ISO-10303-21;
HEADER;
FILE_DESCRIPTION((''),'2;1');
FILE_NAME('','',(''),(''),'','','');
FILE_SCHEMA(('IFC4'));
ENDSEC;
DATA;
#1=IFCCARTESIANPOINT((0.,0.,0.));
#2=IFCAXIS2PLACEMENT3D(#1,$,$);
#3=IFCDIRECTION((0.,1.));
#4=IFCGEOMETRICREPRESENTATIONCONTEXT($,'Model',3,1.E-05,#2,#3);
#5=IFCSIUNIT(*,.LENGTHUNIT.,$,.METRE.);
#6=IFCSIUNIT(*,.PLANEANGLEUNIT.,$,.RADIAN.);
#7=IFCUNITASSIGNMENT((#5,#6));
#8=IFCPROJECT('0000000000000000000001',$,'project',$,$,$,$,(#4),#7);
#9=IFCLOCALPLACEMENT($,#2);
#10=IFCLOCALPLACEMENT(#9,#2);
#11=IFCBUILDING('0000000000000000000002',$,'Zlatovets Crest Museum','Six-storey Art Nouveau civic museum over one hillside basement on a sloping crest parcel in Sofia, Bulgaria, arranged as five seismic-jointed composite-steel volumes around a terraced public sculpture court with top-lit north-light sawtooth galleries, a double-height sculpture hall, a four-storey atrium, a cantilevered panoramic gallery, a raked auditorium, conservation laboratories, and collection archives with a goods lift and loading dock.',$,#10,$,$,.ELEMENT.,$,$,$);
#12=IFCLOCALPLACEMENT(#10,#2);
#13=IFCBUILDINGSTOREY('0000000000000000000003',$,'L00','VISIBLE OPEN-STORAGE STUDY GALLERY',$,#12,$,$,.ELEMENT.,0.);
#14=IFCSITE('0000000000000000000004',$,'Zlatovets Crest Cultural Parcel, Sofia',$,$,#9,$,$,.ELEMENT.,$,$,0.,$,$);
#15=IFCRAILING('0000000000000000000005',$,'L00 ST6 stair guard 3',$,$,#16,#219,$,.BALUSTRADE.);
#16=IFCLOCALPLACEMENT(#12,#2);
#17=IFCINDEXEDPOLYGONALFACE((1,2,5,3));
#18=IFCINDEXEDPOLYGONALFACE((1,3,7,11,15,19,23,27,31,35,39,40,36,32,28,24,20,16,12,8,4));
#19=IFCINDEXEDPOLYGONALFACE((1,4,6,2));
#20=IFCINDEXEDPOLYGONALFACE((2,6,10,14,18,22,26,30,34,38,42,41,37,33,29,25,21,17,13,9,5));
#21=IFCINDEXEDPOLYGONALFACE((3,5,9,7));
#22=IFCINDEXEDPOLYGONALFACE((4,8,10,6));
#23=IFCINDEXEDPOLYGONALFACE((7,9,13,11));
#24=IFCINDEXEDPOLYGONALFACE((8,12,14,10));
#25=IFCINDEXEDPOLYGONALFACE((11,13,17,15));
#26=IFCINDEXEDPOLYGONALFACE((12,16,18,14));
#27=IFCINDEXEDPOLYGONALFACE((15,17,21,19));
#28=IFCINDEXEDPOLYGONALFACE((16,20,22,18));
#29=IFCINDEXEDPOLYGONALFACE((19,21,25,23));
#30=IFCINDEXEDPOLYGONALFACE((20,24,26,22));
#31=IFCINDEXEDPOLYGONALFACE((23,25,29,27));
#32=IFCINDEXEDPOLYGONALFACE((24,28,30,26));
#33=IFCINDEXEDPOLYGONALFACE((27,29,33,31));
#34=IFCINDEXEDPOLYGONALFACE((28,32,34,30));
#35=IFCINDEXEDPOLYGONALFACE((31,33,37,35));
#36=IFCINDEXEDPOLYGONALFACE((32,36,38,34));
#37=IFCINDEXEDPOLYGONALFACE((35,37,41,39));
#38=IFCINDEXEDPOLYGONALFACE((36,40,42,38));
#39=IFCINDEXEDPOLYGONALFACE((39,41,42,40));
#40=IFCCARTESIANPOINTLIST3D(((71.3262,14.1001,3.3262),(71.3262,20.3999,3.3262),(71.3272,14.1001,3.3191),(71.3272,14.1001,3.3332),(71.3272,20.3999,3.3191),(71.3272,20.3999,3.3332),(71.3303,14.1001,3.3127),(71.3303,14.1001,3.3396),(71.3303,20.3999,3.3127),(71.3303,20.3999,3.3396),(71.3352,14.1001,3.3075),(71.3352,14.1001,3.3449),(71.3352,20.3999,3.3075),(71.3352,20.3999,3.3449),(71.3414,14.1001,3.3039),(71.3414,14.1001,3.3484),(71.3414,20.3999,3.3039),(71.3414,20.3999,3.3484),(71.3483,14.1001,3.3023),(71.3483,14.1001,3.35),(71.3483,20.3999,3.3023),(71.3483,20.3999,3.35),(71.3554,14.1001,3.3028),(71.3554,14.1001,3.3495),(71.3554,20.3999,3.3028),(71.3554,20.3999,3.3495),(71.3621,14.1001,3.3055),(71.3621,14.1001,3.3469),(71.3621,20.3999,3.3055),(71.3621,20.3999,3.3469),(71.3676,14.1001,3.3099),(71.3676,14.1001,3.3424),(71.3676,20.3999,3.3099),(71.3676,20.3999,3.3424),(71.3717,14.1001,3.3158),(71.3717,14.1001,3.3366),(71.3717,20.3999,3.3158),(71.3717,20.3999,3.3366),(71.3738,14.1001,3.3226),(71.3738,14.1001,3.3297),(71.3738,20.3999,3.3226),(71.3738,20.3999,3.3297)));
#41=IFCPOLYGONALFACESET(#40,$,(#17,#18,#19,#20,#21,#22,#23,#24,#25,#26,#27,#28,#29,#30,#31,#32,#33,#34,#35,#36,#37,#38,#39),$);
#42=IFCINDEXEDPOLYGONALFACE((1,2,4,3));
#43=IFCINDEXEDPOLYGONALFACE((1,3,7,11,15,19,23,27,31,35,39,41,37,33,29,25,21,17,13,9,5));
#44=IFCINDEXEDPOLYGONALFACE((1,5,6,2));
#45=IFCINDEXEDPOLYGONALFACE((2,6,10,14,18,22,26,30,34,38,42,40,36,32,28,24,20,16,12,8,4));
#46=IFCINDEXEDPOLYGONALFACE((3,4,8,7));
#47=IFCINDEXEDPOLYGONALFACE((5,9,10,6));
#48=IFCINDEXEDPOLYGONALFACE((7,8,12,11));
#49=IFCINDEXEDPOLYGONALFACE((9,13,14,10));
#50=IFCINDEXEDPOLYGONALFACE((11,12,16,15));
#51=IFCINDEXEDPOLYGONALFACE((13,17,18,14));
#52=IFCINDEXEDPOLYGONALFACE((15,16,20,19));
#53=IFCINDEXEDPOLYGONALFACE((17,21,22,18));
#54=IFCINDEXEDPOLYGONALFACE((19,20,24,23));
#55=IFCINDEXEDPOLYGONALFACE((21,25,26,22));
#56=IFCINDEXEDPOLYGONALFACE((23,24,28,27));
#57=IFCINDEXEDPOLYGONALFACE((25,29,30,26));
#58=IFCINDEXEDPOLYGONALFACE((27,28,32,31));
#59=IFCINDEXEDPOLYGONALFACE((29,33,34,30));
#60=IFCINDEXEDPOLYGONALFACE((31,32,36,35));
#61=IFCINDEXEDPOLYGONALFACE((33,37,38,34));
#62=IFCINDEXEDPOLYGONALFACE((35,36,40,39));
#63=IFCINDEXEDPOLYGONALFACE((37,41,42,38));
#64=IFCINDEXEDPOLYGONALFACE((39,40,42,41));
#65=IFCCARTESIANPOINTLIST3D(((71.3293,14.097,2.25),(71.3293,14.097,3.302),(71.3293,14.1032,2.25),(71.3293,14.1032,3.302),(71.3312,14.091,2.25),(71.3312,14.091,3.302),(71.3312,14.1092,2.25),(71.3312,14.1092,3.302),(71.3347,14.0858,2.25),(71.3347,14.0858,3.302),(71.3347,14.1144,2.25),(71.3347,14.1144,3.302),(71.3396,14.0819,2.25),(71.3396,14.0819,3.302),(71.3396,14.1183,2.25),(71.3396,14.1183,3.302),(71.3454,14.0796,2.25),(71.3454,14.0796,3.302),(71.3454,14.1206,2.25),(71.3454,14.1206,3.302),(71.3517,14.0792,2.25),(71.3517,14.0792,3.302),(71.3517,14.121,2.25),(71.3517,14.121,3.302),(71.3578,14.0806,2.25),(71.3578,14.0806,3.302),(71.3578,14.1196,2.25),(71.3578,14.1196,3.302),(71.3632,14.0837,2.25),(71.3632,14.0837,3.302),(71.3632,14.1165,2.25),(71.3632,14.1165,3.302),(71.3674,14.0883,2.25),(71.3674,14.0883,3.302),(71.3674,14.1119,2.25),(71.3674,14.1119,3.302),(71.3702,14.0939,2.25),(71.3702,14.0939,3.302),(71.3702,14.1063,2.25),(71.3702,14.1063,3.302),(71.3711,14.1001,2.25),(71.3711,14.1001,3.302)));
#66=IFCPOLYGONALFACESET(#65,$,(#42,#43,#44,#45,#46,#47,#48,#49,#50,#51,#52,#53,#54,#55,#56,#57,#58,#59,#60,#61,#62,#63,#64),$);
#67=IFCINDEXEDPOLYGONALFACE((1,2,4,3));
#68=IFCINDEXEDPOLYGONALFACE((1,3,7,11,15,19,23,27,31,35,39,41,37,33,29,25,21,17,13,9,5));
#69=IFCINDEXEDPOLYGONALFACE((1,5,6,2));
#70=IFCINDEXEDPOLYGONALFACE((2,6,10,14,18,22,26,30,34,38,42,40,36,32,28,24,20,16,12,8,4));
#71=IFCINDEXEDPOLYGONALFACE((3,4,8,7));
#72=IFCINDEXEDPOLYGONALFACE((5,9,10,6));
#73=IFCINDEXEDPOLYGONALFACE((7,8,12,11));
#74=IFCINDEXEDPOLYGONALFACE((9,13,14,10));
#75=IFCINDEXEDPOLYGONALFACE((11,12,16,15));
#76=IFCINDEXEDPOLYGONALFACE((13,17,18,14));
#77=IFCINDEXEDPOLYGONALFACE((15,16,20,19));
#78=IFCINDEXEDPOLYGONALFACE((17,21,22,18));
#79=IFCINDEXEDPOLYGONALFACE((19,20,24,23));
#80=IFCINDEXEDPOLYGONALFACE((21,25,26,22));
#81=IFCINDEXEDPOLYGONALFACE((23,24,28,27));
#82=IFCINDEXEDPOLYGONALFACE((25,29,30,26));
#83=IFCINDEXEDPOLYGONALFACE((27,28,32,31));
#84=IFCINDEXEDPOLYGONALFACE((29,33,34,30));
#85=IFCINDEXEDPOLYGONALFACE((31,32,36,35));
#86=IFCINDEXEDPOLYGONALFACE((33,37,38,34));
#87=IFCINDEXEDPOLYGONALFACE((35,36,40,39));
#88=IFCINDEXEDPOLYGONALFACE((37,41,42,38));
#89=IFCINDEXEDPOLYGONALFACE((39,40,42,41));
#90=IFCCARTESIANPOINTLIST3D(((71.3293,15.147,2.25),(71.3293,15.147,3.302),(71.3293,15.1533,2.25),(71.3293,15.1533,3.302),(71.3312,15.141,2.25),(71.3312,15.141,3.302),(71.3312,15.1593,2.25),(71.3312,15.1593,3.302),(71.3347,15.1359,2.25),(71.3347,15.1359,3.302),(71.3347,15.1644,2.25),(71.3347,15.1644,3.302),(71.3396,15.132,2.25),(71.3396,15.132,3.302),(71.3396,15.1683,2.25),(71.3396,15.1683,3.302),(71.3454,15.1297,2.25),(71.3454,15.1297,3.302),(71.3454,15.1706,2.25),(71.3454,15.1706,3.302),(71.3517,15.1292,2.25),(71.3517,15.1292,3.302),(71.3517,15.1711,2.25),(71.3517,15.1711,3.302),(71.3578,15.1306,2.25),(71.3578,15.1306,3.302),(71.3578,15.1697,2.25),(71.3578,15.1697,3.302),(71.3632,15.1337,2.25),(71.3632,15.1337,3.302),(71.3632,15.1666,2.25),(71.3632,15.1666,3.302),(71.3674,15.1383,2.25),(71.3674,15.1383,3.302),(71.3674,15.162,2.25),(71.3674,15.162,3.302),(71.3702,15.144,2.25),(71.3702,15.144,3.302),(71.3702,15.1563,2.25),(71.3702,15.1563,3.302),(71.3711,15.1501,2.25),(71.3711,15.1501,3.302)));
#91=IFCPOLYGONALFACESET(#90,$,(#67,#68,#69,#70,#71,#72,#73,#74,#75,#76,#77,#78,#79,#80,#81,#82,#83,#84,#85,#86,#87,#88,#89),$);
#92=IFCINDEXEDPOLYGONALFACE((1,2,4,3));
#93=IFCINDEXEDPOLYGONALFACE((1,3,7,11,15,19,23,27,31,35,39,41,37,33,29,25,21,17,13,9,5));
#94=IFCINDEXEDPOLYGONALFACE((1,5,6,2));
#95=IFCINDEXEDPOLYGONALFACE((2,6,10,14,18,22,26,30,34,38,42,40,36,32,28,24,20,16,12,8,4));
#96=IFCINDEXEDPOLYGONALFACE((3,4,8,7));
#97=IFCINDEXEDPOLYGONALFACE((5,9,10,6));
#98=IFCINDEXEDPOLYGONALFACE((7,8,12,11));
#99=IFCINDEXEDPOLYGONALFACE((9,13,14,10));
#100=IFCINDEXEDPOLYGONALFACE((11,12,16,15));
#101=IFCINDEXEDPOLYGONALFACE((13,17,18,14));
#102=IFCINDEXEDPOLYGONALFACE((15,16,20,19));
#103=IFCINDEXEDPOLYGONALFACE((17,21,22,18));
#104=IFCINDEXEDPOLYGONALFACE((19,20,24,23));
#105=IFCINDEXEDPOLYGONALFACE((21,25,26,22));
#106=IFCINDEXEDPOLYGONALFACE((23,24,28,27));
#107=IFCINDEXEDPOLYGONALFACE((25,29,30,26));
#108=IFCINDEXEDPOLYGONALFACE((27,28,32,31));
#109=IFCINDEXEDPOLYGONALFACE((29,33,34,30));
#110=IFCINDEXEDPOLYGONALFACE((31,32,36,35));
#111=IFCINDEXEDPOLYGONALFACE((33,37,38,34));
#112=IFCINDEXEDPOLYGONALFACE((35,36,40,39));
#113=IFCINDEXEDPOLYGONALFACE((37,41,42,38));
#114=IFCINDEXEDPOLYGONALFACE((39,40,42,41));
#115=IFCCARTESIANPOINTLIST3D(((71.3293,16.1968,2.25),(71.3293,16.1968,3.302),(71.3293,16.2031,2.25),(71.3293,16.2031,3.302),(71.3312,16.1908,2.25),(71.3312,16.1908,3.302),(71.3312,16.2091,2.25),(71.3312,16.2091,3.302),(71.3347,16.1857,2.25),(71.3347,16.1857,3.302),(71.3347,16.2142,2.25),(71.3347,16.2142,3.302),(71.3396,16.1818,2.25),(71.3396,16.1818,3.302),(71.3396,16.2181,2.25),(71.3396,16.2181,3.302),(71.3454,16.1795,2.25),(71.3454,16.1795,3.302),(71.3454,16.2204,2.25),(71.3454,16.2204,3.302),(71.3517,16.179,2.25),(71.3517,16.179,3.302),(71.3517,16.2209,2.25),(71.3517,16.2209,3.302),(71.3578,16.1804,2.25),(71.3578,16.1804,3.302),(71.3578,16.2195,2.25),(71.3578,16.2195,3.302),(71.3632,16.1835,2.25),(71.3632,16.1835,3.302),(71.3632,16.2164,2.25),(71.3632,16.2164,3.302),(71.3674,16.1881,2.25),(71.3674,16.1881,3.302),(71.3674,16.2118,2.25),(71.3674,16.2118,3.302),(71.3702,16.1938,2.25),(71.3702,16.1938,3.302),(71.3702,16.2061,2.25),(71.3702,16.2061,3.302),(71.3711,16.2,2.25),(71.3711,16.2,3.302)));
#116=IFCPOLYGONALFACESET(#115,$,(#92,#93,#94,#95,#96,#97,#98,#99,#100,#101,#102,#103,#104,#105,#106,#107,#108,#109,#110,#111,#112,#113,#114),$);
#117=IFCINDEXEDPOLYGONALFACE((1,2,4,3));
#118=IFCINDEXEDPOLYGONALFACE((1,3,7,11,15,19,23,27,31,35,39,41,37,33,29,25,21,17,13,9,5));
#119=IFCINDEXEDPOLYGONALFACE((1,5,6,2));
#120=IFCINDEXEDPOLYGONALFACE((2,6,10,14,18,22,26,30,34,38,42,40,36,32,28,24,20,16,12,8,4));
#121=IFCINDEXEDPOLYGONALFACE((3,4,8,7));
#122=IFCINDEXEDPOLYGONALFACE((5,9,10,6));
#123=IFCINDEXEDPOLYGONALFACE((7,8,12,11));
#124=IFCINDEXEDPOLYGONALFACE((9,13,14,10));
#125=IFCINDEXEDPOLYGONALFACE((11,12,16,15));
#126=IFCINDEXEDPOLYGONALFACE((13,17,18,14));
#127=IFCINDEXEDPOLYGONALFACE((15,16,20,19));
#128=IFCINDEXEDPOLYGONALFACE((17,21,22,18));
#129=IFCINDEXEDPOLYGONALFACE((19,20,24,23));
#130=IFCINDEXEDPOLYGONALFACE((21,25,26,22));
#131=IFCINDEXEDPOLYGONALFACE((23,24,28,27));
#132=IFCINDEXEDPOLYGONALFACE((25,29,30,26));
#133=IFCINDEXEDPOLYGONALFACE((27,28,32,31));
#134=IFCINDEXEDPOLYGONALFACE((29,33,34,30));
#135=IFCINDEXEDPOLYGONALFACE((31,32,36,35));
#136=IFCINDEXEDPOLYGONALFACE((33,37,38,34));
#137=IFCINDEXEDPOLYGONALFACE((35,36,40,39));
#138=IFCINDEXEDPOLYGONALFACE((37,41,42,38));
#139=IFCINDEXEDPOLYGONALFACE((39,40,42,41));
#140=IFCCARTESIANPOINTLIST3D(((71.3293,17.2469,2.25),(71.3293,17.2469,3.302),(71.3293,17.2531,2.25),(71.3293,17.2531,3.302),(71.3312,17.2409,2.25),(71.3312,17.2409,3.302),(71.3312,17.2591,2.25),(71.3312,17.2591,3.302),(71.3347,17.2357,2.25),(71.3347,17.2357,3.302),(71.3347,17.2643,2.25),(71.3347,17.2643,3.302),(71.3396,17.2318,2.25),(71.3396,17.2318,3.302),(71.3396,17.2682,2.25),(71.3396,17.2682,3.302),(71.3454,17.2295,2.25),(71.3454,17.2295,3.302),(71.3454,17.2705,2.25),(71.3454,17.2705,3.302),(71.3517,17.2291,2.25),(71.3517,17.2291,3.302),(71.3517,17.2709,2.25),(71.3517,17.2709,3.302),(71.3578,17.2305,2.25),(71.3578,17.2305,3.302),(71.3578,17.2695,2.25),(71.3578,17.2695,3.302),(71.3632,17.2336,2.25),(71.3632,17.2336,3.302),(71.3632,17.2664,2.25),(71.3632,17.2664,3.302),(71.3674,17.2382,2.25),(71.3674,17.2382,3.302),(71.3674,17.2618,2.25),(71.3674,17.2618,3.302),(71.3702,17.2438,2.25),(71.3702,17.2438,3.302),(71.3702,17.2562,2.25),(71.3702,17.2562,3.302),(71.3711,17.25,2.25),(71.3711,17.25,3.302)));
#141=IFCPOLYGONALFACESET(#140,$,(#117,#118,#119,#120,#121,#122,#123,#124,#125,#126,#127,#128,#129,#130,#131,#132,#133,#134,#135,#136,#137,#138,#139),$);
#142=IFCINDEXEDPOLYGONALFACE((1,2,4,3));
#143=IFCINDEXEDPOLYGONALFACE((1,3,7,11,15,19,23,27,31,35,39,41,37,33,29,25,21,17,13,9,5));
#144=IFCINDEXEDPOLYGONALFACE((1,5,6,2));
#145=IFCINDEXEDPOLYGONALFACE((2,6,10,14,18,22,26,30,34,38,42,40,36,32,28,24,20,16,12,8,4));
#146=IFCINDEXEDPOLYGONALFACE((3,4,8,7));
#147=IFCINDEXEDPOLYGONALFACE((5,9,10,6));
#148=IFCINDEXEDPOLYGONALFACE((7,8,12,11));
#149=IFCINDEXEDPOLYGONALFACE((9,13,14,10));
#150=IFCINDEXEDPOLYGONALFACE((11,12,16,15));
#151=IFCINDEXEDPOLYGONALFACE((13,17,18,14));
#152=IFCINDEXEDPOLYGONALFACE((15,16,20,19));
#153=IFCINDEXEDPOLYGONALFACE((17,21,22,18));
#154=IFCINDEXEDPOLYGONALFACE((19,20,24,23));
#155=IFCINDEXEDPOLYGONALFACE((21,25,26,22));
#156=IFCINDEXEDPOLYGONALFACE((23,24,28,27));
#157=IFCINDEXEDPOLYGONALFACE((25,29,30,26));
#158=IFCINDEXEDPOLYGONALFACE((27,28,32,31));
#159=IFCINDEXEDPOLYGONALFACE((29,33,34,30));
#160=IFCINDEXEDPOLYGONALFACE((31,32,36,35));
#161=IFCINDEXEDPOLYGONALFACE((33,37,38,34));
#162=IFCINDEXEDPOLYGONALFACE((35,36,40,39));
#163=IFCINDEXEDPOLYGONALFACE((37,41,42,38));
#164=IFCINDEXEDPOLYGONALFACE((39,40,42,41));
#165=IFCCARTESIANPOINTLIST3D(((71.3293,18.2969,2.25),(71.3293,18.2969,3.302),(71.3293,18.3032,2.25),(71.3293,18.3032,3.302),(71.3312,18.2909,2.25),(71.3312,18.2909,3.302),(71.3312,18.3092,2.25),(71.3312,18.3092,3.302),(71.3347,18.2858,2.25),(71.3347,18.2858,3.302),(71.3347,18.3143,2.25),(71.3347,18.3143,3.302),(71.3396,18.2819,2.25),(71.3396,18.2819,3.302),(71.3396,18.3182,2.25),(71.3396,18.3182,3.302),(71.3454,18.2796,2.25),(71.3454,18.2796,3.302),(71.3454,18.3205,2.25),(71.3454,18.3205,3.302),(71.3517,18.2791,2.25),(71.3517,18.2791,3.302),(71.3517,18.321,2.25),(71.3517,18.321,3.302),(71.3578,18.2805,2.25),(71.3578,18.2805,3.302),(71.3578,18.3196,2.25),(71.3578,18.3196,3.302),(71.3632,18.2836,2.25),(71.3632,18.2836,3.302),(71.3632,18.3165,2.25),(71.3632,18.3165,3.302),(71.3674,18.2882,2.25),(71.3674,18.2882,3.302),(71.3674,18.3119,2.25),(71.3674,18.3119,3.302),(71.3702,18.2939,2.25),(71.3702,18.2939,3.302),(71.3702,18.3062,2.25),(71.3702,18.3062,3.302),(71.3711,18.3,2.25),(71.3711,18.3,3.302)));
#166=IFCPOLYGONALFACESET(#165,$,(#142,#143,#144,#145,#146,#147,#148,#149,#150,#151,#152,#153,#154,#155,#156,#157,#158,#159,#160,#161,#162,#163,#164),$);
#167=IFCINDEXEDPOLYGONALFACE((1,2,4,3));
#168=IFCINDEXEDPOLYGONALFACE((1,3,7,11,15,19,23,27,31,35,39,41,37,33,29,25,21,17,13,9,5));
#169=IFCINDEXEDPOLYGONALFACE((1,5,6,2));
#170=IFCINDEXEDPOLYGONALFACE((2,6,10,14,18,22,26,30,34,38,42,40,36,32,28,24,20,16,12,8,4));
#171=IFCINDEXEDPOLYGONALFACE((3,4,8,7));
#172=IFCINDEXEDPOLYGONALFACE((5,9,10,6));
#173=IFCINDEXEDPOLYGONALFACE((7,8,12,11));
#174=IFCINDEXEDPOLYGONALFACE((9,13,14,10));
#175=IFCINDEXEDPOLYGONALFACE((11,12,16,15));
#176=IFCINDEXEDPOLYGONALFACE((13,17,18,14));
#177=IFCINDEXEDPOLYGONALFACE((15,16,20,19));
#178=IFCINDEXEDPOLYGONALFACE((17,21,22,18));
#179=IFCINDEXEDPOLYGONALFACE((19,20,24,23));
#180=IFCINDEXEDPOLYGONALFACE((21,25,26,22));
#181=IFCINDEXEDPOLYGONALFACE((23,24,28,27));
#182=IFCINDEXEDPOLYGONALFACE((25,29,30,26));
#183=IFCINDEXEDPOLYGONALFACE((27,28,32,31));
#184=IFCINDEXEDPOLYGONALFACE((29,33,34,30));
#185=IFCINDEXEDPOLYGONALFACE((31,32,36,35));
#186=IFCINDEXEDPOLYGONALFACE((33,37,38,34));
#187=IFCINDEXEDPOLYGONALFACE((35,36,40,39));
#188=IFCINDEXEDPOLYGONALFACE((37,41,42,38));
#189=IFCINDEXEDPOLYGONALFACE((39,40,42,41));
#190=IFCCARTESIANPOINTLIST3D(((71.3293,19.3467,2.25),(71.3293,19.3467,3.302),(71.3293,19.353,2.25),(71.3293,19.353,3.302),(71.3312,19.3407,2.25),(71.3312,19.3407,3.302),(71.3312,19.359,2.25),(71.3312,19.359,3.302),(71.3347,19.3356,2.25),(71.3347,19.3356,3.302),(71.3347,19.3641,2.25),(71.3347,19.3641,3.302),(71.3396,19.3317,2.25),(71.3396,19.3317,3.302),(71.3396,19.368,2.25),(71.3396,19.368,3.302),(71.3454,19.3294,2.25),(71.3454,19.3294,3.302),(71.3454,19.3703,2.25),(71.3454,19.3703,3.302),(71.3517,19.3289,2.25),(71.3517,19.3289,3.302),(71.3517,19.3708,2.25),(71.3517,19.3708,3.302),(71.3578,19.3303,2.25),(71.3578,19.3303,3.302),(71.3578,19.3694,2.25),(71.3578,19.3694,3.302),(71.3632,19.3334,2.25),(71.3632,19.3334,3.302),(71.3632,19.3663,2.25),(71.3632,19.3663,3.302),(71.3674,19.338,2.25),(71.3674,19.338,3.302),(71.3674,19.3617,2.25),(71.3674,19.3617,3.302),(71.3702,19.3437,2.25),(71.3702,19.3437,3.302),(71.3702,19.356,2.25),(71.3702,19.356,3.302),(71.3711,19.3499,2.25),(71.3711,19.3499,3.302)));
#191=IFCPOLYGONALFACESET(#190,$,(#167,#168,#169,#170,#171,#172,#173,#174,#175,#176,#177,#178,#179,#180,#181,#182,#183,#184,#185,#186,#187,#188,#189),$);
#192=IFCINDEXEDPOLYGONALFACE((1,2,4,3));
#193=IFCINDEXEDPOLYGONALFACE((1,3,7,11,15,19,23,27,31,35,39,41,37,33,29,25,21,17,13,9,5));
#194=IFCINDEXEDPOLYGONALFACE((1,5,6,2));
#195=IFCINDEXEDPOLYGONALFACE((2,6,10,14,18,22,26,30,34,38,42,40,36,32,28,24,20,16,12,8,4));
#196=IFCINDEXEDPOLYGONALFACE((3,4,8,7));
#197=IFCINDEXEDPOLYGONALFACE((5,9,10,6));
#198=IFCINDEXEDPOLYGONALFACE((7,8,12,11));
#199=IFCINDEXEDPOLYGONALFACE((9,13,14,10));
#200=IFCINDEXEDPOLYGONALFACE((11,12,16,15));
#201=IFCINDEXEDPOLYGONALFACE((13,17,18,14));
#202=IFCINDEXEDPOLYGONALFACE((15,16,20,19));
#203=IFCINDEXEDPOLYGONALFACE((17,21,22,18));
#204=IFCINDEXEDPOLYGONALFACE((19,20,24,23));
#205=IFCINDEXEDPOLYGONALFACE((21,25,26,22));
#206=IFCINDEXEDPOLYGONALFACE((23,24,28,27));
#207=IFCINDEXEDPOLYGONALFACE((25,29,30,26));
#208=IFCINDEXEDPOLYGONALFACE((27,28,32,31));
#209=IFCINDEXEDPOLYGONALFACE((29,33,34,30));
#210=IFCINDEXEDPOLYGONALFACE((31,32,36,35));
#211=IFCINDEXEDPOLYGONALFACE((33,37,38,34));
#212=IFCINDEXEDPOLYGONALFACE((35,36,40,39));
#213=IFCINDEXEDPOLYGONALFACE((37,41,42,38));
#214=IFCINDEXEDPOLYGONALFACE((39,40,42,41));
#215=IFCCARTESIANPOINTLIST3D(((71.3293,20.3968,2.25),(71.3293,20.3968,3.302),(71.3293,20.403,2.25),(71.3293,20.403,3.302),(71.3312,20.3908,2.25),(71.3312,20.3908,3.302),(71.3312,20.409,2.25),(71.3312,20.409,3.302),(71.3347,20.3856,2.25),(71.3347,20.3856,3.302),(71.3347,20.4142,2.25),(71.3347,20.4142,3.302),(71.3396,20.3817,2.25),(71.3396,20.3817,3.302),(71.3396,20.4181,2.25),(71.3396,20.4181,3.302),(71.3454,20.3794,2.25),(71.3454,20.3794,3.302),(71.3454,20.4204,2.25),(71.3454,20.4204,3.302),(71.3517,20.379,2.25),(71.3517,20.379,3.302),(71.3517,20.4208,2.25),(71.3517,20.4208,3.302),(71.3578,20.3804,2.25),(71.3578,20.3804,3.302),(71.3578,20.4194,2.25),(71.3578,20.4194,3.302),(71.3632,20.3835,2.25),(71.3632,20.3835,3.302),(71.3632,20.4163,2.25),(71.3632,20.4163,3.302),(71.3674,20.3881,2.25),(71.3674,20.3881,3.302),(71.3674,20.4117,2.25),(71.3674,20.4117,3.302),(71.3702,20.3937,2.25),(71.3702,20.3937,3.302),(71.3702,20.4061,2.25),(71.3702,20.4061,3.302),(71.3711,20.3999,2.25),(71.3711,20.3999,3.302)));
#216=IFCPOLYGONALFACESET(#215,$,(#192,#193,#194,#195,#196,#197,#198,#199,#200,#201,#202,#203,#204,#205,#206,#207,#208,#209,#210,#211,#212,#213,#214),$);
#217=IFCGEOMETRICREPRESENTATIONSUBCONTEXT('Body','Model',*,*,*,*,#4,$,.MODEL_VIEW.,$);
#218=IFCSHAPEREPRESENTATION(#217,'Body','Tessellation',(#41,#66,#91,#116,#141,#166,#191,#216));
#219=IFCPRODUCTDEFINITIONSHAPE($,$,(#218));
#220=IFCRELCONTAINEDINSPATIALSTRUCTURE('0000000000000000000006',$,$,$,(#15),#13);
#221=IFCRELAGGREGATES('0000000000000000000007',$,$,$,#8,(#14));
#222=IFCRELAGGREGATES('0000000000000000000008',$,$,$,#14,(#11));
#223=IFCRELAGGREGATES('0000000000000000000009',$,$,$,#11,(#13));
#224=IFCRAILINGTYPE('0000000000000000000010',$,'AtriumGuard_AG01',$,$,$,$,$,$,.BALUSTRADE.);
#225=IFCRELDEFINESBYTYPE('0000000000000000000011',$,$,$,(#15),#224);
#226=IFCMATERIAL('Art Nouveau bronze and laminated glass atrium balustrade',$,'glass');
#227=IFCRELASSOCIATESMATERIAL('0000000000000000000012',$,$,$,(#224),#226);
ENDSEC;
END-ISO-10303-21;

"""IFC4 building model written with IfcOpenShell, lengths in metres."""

from ifc_helpers import new_model, si_unit, direction, frame, origin, origin_2d, place, context, subcontext, project, spatial, circle, extrude, material, type_object, element, save


model = new_model("IFC4")

# Units and contexts
model_context = context("Model", 3, precision=1e-05, world=origin(), true_north=direction((0.0, 1.0)))
body_context = subcontext(model_context, "Body", "Model", "MODEL_VIEW")
ifc_project = project(units=[si_unit("LENGTHUNIT", "METRE"), si_unit("PLANEANGLEUNIT", "RADIAN")], contexts=[model_context])

# Site, building, storey
site_placement = place(None, origin())
site = spatial("IfcSite", under=ifc_project, at=site_placement, Name="Zlatovets Crest Cultural Parcel, Sofia", CompositionType="ELEMENT", RefElevation=0.0)
building_placement = place(site_placement, origin())
building = spatial("IfcBuilding", under=site, at=building_placement, Name="Zlatovets Crest Museum", Description="Six-storey Art Nouveau civic museum over one hillside basement on a sloping crest parcel in Sofia, Bulgaria, arranged as five seismic-jointed composite-steel volumes around a terraced public sculpture court with top-lit north-light sawtooth galleries, a double-height sculpture hall, a four-storey atrium, a cantilevered panoramic gallery, a raked auditorium, conservation laboratories, and collection archives with a goods lift and loading dock.", CompositionType="ELEMENT")
storey_placement = place(building_placement, origin())
storey = spatial("IfcBuildingStorey", under=building, at=storey_placement, Name="L00", Description="VISIBLE OPEN-STORAGE STUDY GALLERY", CompositionType="ELEMENT", Elevation=0.0)

# Railing
ifc_material_1 = material(Name="Art Nouveau bronze and laminated glass atrium balustrade", Category="glass")
railing_type_1 = type_object("IfcRailingType", Name="AtriumGuard_AG01", PredefinedType="BALUSTRADE", material=ifc_material_1)
railing_1_placement = place(storey_placement, frame((71.3501, 14.1001, 2.25)))
element("IfcRailing", 1, at=railing_1_placement, inside=storey, type_object=railing_type_1, Name="L00 ST6 stair guard 3", PredefinedType="BALUSTRADE", context=body_context, shape_type="SweptSolid", body=[
    extrude(circle(Radius=0.0239, at=origin_2d()), frame((0.0, 0.0, 1.0762), z_axis=(0.0, 1.0, 0.0), x_axis=(-1.0, 0.0, 0.0)), (0.0, 0.0, 1.0), 6.2998),
    extrude(circle(Radius=0.021, at=origin_2d()), origin(), (0.0, 0.0, 1.0), 1.052),
    extrude(circle(Radius=0.021, at=origin_2d()), frame((0.0, 1.05, 0.0)), (0.0, 0.0, 1.0), 1.052),
    extrude(circle(Radius=0.021, at=origin_2d()), frame((0.0, 2.0999, 0.0)), (0.0, 0.0, 1.0), 1.052),
    extrude(circle(Radius=0.021, at=origin_2d()), frame((0.0, 3.1499, 0.0)), (0.0, 0.0, 1.0), 1.052),
    extrude(circle(Radius=0.021, at=origin_2d()), frame((0.0, 4.2, 0.0)), (0.0, 0.0, 1.0), 1.052),
    extrude(circle(Radius=0.021, at=origin_2d()), frame((0.0, 5.2498, 0.0)), (0.0, 0.0, 1.0), 1.052),
    extrude(circle(Radius=0.021, at=origin_2d()), frame((0.0, 6.2998, 0.0)), (0.0, 0.0, 1.0), 1.052),
])

save(model, "model.ifc")
